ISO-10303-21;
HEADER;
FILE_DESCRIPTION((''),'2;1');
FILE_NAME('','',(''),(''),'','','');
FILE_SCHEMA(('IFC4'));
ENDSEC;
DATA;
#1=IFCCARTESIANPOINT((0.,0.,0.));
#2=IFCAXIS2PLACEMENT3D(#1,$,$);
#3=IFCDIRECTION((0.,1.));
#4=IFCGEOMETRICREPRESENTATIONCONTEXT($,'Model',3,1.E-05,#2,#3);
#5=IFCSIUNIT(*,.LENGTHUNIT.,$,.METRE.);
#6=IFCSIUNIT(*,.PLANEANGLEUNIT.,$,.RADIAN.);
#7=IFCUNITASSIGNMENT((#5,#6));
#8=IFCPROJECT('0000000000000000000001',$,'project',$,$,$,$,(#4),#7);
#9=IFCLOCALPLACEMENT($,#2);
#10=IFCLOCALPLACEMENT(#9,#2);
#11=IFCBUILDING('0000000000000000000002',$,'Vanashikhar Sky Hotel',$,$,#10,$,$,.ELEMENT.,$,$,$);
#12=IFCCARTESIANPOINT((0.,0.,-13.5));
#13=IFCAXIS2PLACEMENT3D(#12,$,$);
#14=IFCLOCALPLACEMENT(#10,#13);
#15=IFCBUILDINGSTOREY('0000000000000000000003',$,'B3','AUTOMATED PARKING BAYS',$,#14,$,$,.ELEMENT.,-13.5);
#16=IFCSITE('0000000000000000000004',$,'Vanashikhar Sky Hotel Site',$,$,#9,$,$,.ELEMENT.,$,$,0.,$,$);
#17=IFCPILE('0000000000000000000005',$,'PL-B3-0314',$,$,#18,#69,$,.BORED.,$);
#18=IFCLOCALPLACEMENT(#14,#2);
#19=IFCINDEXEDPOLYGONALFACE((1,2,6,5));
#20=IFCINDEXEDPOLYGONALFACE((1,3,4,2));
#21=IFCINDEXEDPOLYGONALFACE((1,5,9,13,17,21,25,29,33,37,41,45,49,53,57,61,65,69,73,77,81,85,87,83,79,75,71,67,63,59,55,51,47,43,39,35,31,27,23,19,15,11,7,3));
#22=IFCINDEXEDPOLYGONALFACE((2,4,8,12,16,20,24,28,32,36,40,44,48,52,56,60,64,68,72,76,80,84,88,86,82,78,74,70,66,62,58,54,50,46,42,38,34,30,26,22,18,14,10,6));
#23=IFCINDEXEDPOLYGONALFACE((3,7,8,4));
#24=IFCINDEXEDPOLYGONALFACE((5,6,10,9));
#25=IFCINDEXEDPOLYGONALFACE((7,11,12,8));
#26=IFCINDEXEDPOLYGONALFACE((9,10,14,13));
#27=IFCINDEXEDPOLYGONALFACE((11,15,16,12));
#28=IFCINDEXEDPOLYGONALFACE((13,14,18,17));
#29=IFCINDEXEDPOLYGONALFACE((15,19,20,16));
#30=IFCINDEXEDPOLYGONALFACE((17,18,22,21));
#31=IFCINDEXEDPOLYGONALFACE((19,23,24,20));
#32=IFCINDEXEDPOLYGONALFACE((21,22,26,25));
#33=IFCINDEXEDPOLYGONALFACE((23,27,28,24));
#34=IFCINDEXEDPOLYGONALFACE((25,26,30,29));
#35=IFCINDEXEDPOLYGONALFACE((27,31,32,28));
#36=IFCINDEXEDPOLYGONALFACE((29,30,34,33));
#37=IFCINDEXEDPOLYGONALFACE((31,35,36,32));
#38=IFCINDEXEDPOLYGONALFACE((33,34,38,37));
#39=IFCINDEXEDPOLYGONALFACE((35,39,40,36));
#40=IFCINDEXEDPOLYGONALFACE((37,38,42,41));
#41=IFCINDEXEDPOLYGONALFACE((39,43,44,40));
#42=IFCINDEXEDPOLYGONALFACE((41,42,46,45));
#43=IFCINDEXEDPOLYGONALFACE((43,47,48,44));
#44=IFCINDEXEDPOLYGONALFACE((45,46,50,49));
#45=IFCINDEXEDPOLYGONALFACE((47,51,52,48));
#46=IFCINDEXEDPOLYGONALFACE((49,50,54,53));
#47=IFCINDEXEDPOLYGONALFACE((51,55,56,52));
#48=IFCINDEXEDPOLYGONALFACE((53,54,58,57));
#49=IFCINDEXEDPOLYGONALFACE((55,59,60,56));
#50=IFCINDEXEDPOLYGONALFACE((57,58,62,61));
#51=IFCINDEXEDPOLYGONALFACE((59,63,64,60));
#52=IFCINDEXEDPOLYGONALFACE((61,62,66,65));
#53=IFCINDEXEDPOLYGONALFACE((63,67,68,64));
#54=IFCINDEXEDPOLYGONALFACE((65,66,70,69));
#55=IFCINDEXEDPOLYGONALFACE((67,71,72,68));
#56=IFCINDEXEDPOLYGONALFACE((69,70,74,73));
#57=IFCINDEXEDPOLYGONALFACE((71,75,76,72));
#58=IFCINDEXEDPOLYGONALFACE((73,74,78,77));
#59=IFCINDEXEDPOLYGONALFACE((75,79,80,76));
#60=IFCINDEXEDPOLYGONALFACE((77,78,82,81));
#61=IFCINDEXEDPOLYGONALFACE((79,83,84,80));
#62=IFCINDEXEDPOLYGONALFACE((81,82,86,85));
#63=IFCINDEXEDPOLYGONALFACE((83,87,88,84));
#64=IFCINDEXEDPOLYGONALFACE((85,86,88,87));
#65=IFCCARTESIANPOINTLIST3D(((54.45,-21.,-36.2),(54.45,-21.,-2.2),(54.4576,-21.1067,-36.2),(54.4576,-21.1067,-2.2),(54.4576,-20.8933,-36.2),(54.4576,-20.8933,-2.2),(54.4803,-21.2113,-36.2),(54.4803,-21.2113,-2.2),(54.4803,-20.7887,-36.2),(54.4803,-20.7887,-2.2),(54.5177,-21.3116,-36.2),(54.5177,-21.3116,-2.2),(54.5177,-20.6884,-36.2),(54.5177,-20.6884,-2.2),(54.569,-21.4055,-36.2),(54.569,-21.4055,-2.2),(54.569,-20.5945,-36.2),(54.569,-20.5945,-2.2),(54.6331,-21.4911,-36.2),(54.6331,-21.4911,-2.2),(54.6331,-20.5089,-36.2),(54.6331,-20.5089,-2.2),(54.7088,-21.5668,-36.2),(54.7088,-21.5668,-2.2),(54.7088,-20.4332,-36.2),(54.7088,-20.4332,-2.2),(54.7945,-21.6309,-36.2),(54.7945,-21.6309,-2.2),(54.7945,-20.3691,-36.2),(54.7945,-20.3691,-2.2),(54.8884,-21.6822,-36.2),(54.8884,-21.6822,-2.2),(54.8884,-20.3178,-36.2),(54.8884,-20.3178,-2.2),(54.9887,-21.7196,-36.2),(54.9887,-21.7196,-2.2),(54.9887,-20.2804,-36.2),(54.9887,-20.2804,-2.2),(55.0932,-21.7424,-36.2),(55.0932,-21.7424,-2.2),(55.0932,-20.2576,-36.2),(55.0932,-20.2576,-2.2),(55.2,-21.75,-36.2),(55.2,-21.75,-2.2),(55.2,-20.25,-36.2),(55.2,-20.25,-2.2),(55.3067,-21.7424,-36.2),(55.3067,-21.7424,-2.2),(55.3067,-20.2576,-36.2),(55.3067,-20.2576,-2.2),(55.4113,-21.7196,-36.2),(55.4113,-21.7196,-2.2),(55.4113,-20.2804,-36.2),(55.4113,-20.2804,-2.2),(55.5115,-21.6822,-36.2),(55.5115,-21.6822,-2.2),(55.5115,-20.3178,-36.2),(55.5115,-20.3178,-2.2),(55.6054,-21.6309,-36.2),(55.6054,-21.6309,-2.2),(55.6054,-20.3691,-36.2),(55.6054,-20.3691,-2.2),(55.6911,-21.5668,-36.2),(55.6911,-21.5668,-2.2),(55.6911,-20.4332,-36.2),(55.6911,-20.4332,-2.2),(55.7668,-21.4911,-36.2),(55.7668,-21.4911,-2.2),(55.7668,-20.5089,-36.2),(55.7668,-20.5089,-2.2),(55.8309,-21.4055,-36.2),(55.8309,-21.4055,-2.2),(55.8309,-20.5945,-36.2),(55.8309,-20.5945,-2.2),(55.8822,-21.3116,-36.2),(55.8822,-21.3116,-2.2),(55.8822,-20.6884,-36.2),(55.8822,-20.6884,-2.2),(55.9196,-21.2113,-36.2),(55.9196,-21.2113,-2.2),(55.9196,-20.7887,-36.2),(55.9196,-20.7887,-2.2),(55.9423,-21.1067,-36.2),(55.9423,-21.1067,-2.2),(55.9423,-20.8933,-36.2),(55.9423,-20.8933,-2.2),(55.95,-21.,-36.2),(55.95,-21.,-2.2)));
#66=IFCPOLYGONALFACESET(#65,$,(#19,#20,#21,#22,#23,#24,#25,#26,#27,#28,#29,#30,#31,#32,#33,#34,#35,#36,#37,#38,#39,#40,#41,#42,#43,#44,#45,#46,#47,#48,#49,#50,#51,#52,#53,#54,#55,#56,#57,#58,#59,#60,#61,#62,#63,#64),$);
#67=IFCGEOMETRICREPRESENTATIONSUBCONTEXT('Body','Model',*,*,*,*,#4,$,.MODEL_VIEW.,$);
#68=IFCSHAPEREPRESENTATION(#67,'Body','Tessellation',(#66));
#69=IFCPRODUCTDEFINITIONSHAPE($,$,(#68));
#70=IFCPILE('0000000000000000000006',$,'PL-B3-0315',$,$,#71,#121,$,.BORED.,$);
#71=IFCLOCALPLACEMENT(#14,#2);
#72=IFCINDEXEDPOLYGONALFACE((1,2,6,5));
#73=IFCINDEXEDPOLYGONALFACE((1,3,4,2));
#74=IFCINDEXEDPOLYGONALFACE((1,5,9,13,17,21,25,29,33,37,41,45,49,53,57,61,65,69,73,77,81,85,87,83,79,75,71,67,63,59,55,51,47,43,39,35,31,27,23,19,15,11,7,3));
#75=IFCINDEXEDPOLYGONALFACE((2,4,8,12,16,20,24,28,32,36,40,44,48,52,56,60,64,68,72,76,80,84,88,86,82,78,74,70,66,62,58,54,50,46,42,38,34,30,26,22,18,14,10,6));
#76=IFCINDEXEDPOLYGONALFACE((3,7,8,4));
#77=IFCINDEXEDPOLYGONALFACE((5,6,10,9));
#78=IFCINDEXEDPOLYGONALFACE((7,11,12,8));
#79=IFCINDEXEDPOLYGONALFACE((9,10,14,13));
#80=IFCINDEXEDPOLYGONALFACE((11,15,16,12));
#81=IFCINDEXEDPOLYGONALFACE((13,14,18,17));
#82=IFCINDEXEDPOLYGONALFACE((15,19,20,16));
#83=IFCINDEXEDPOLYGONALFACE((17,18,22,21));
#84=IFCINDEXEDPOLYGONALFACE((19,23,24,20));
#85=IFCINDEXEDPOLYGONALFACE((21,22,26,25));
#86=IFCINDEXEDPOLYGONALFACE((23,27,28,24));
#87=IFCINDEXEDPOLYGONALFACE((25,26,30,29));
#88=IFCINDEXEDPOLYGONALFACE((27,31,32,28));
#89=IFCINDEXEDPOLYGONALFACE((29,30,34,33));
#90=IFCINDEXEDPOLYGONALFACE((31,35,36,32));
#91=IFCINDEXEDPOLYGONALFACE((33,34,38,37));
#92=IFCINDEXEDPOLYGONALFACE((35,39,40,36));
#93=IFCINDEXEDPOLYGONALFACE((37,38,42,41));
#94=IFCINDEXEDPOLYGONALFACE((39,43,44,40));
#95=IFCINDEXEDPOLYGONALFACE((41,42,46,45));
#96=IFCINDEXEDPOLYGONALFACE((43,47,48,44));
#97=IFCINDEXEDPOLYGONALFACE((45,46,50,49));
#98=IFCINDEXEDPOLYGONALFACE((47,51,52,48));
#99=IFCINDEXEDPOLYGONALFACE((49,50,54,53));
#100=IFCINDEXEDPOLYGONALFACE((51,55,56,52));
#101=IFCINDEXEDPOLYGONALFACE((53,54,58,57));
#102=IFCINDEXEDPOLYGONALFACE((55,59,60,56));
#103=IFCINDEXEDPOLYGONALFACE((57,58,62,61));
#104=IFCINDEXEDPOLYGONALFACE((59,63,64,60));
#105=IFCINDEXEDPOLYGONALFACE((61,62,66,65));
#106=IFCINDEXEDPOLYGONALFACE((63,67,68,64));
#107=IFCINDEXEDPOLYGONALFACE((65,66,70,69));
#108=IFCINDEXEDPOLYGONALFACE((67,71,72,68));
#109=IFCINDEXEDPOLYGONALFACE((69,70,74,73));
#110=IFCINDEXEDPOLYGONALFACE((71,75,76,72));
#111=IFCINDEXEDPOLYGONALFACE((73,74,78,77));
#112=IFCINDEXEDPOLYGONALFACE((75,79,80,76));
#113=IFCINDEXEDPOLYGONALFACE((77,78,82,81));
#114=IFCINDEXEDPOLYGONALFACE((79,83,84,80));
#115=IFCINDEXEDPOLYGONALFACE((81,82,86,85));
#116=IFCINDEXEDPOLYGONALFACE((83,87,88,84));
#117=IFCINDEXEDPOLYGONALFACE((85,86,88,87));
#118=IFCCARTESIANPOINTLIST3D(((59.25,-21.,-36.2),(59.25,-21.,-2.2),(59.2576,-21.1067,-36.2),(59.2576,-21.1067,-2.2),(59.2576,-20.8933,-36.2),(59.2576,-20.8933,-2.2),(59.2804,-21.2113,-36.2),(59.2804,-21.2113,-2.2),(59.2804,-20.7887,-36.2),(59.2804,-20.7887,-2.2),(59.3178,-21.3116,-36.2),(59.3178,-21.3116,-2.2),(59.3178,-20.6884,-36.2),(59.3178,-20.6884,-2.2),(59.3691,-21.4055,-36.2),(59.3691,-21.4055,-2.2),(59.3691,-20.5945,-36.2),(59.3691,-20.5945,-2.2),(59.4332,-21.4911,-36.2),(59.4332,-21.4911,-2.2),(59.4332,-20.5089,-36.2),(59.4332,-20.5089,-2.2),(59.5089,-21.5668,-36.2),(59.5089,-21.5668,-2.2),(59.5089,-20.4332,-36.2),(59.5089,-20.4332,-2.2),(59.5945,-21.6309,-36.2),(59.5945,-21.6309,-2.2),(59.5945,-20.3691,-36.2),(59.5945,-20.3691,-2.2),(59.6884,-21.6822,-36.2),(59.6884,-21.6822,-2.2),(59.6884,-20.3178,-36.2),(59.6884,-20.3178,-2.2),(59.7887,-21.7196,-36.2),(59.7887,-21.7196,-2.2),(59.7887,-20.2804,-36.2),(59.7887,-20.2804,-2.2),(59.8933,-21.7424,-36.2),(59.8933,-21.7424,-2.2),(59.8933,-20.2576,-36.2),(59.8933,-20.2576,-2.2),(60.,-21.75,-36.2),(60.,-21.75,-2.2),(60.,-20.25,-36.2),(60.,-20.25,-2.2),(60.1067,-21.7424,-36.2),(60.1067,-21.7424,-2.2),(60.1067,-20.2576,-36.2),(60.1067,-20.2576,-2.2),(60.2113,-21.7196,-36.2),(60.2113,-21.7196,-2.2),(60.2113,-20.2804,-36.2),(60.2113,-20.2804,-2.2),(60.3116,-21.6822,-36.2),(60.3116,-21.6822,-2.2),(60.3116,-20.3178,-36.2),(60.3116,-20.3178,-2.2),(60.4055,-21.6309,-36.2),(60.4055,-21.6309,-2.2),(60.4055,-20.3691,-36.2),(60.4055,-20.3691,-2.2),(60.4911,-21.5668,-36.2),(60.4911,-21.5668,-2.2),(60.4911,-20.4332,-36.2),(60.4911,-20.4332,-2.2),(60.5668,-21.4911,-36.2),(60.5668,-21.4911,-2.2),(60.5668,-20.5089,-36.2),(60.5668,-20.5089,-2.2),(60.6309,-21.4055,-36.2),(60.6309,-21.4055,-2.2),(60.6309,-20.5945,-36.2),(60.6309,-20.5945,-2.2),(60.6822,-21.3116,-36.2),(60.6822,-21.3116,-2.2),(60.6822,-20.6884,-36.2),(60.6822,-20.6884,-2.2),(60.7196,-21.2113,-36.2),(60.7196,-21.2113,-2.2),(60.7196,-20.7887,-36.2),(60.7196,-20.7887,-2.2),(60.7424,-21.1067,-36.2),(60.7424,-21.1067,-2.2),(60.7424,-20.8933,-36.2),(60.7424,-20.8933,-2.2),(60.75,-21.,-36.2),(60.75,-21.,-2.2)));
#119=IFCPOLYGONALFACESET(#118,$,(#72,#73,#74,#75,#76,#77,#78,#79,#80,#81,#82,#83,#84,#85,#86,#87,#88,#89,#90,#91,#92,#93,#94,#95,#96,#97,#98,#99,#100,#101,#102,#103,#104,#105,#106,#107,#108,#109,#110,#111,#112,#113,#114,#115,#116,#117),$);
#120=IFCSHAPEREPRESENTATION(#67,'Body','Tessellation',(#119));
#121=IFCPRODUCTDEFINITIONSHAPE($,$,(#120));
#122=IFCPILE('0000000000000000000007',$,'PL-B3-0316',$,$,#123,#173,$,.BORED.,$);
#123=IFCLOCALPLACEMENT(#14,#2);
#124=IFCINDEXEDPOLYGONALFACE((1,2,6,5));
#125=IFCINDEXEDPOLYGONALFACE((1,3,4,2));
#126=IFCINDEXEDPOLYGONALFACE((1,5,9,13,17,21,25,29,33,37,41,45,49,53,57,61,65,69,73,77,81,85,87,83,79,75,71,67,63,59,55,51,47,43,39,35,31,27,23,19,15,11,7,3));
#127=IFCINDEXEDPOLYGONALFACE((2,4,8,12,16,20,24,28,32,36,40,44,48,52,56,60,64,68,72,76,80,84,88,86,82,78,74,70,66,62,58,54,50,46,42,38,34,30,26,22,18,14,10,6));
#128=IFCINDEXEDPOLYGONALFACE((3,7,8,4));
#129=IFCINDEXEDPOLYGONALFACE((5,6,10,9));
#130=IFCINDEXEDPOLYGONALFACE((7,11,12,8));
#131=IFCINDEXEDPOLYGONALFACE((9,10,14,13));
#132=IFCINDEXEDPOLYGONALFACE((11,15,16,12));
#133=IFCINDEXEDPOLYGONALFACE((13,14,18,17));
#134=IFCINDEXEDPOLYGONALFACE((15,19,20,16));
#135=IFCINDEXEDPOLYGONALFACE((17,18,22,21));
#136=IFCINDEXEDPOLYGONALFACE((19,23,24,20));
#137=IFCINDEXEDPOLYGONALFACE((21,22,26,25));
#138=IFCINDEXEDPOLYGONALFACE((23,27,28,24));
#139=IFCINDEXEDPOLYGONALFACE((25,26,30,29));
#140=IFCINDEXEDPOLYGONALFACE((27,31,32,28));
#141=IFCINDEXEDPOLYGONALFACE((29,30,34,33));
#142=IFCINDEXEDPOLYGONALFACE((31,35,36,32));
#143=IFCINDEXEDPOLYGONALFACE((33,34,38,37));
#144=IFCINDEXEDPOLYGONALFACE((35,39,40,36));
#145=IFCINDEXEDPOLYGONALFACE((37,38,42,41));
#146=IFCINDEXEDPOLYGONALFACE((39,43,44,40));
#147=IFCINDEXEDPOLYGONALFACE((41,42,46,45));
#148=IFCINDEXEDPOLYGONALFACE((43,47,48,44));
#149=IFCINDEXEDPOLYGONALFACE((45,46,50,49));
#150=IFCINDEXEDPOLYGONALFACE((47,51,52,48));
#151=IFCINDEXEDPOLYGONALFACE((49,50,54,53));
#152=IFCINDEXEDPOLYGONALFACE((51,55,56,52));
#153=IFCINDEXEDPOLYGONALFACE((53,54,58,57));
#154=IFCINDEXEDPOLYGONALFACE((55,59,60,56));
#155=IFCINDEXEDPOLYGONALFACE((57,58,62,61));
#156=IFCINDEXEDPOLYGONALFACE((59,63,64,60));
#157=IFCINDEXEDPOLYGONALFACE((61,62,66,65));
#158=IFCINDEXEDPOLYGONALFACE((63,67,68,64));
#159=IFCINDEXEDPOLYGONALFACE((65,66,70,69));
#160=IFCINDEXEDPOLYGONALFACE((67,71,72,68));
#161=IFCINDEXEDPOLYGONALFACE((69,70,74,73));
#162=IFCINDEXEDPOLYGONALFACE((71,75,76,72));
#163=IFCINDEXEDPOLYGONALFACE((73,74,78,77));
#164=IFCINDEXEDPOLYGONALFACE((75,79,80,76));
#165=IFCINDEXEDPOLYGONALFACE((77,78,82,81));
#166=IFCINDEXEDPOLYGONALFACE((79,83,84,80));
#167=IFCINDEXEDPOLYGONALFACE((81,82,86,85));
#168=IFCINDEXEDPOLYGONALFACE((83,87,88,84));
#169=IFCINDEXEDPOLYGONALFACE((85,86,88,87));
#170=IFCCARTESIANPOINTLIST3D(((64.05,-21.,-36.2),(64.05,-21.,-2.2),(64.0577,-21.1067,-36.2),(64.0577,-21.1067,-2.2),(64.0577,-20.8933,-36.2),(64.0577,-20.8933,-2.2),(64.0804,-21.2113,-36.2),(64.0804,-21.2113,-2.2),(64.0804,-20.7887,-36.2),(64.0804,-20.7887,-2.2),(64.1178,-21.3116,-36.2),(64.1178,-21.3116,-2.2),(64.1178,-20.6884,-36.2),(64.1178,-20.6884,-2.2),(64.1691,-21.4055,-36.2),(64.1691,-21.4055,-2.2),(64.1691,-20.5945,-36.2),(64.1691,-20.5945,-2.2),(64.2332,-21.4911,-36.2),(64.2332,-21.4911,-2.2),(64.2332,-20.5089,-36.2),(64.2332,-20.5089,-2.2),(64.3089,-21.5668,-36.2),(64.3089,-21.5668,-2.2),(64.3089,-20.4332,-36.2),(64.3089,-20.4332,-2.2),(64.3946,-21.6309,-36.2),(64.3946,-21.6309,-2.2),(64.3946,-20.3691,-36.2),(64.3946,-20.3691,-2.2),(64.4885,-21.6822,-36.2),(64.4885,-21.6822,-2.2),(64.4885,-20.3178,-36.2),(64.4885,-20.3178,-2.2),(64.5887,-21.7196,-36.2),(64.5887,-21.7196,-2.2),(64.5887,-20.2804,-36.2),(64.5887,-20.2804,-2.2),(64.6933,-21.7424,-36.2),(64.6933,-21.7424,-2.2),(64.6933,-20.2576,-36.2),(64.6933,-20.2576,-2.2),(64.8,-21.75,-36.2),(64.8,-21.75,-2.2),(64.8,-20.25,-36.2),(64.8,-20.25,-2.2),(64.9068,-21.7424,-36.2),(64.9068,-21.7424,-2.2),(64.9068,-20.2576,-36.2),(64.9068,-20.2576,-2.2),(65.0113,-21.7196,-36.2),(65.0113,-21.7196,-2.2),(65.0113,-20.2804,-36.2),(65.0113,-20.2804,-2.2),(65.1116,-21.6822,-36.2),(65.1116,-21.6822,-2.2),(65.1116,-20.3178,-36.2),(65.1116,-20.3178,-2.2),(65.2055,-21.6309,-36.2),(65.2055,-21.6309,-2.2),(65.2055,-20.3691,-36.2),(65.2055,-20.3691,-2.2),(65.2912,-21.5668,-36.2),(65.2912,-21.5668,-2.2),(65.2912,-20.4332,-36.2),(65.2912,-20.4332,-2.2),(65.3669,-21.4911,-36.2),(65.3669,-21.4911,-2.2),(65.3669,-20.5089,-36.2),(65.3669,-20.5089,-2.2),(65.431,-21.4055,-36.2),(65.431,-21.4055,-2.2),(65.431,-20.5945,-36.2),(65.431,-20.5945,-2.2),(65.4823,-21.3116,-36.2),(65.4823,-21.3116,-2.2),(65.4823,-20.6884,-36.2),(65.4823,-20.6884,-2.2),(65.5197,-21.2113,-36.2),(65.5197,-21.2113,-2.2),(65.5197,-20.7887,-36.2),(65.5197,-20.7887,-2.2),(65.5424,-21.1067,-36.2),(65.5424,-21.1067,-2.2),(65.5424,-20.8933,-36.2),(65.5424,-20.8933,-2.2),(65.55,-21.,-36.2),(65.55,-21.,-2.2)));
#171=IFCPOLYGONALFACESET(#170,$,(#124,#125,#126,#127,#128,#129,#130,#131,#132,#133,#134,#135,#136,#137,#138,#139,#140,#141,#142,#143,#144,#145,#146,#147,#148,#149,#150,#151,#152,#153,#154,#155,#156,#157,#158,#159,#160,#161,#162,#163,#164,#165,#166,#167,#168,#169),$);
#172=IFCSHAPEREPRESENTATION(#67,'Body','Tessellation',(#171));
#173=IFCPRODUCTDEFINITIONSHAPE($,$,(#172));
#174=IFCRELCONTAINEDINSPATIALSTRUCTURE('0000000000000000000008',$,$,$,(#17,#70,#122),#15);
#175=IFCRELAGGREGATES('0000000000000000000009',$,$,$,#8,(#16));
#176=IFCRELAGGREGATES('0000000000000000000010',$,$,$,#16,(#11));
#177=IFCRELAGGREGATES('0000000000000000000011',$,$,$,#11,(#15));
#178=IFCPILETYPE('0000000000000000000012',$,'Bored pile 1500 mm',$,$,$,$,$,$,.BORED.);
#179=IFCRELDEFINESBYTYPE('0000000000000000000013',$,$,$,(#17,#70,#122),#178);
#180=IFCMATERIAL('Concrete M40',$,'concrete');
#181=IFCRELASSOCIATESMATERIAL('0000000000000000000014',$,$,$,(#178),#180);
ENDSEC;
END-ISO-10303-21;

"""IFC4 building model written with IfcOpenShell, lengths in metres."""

from ifc_helpers import new_model, si_unit, direction, frame, origin, origin_2d, place, context, subcontext, project, spatial, circle, extrude, source, transform, mapped, material, type_object, element, save


model = new_model("IFC4")

# Units and contexts
model_context = context("Model", 3, precision=1e-05, world=origin(), true_north=direction((0.0, 1.0)))
body_context = subcontext(model_context, "Body", "Model", "MODEL_VIEW")
ifc_project = project(units=[si_unit("LENGTHUNIT", "METRE"), si_unit("PLANEANGLEUNIT", "RADIAN")], contexts=[model_context])

# Site, building, storey
site_placement = place(None, origin())
site = spatial("IfcSite", under=ifc_project, at=site_placement, Name="Vanashikhar Sky Hotel Site", CompositionType="ELEMENT", RefElevation=0.0)
building_placement = place(site_placement, origin())
building = spatial("IfcBuilding", under=site, at=building_placement, Name="Vanashikhar Sky Hotel", CompositionType="ELEMENT")
storey_placement = place(building_placement, frame((0.0, 0.0, -13.5)))
storey = spatial("IfcBuildingStorey", under=building, at=storey_placement, Name="B3", Description="AUTOMATED PARKING BAYS", CompositionType="ELEMENT", Elevation=-13.5)

# Piles
ifc_material_1 = material(Name="Concrete M40", Category="concrete")
pile_type_1 = type_object("IfcPileType", Name="Bored pile 1500 mm", PredefinedType="BORED", material=ifc_material_1)
shared_shape_1 = source(origin(), body_context, "Body", "SweptSolid", [
    extrude(circle(Radius=0.75, at=origin_2d()), origin(), (0.0, 0.0, 1.0), 34.0),
])
for number, where, z_axis, x_axis, name in (
    (1, (55.2, -21.0, -2.2), (0.0, 0.0, -1.0), (1.0, 0.0, 0.0), "PL-B3-0314"),
    (2, (60.0, -21.0, -2.2), (0.0, 0.0, -1.0), (1.0, 0.0, 0.0), "PL-B3-0315"),
    (3, (64.8, -21.0, -2.2), (0.0, 0.0, -1.0), (1.0, 0.0, 0.0), "PL-B3-0316"),
):
    element("IfcPile", number, at=place(storey_placement, frame(where, z_axis=z_axis, x_axis=x_axis)), inside=storey, type_object=pile_type_1, Name=name, PredefinedType="BORED", context=body_context, shape_type="MappedRepresentation", body=[
        mapped(shared_shape_1, transform((0.0, 0.0, 0.0), scale=1.0)),
    ])

save(model, "model.ifc")
